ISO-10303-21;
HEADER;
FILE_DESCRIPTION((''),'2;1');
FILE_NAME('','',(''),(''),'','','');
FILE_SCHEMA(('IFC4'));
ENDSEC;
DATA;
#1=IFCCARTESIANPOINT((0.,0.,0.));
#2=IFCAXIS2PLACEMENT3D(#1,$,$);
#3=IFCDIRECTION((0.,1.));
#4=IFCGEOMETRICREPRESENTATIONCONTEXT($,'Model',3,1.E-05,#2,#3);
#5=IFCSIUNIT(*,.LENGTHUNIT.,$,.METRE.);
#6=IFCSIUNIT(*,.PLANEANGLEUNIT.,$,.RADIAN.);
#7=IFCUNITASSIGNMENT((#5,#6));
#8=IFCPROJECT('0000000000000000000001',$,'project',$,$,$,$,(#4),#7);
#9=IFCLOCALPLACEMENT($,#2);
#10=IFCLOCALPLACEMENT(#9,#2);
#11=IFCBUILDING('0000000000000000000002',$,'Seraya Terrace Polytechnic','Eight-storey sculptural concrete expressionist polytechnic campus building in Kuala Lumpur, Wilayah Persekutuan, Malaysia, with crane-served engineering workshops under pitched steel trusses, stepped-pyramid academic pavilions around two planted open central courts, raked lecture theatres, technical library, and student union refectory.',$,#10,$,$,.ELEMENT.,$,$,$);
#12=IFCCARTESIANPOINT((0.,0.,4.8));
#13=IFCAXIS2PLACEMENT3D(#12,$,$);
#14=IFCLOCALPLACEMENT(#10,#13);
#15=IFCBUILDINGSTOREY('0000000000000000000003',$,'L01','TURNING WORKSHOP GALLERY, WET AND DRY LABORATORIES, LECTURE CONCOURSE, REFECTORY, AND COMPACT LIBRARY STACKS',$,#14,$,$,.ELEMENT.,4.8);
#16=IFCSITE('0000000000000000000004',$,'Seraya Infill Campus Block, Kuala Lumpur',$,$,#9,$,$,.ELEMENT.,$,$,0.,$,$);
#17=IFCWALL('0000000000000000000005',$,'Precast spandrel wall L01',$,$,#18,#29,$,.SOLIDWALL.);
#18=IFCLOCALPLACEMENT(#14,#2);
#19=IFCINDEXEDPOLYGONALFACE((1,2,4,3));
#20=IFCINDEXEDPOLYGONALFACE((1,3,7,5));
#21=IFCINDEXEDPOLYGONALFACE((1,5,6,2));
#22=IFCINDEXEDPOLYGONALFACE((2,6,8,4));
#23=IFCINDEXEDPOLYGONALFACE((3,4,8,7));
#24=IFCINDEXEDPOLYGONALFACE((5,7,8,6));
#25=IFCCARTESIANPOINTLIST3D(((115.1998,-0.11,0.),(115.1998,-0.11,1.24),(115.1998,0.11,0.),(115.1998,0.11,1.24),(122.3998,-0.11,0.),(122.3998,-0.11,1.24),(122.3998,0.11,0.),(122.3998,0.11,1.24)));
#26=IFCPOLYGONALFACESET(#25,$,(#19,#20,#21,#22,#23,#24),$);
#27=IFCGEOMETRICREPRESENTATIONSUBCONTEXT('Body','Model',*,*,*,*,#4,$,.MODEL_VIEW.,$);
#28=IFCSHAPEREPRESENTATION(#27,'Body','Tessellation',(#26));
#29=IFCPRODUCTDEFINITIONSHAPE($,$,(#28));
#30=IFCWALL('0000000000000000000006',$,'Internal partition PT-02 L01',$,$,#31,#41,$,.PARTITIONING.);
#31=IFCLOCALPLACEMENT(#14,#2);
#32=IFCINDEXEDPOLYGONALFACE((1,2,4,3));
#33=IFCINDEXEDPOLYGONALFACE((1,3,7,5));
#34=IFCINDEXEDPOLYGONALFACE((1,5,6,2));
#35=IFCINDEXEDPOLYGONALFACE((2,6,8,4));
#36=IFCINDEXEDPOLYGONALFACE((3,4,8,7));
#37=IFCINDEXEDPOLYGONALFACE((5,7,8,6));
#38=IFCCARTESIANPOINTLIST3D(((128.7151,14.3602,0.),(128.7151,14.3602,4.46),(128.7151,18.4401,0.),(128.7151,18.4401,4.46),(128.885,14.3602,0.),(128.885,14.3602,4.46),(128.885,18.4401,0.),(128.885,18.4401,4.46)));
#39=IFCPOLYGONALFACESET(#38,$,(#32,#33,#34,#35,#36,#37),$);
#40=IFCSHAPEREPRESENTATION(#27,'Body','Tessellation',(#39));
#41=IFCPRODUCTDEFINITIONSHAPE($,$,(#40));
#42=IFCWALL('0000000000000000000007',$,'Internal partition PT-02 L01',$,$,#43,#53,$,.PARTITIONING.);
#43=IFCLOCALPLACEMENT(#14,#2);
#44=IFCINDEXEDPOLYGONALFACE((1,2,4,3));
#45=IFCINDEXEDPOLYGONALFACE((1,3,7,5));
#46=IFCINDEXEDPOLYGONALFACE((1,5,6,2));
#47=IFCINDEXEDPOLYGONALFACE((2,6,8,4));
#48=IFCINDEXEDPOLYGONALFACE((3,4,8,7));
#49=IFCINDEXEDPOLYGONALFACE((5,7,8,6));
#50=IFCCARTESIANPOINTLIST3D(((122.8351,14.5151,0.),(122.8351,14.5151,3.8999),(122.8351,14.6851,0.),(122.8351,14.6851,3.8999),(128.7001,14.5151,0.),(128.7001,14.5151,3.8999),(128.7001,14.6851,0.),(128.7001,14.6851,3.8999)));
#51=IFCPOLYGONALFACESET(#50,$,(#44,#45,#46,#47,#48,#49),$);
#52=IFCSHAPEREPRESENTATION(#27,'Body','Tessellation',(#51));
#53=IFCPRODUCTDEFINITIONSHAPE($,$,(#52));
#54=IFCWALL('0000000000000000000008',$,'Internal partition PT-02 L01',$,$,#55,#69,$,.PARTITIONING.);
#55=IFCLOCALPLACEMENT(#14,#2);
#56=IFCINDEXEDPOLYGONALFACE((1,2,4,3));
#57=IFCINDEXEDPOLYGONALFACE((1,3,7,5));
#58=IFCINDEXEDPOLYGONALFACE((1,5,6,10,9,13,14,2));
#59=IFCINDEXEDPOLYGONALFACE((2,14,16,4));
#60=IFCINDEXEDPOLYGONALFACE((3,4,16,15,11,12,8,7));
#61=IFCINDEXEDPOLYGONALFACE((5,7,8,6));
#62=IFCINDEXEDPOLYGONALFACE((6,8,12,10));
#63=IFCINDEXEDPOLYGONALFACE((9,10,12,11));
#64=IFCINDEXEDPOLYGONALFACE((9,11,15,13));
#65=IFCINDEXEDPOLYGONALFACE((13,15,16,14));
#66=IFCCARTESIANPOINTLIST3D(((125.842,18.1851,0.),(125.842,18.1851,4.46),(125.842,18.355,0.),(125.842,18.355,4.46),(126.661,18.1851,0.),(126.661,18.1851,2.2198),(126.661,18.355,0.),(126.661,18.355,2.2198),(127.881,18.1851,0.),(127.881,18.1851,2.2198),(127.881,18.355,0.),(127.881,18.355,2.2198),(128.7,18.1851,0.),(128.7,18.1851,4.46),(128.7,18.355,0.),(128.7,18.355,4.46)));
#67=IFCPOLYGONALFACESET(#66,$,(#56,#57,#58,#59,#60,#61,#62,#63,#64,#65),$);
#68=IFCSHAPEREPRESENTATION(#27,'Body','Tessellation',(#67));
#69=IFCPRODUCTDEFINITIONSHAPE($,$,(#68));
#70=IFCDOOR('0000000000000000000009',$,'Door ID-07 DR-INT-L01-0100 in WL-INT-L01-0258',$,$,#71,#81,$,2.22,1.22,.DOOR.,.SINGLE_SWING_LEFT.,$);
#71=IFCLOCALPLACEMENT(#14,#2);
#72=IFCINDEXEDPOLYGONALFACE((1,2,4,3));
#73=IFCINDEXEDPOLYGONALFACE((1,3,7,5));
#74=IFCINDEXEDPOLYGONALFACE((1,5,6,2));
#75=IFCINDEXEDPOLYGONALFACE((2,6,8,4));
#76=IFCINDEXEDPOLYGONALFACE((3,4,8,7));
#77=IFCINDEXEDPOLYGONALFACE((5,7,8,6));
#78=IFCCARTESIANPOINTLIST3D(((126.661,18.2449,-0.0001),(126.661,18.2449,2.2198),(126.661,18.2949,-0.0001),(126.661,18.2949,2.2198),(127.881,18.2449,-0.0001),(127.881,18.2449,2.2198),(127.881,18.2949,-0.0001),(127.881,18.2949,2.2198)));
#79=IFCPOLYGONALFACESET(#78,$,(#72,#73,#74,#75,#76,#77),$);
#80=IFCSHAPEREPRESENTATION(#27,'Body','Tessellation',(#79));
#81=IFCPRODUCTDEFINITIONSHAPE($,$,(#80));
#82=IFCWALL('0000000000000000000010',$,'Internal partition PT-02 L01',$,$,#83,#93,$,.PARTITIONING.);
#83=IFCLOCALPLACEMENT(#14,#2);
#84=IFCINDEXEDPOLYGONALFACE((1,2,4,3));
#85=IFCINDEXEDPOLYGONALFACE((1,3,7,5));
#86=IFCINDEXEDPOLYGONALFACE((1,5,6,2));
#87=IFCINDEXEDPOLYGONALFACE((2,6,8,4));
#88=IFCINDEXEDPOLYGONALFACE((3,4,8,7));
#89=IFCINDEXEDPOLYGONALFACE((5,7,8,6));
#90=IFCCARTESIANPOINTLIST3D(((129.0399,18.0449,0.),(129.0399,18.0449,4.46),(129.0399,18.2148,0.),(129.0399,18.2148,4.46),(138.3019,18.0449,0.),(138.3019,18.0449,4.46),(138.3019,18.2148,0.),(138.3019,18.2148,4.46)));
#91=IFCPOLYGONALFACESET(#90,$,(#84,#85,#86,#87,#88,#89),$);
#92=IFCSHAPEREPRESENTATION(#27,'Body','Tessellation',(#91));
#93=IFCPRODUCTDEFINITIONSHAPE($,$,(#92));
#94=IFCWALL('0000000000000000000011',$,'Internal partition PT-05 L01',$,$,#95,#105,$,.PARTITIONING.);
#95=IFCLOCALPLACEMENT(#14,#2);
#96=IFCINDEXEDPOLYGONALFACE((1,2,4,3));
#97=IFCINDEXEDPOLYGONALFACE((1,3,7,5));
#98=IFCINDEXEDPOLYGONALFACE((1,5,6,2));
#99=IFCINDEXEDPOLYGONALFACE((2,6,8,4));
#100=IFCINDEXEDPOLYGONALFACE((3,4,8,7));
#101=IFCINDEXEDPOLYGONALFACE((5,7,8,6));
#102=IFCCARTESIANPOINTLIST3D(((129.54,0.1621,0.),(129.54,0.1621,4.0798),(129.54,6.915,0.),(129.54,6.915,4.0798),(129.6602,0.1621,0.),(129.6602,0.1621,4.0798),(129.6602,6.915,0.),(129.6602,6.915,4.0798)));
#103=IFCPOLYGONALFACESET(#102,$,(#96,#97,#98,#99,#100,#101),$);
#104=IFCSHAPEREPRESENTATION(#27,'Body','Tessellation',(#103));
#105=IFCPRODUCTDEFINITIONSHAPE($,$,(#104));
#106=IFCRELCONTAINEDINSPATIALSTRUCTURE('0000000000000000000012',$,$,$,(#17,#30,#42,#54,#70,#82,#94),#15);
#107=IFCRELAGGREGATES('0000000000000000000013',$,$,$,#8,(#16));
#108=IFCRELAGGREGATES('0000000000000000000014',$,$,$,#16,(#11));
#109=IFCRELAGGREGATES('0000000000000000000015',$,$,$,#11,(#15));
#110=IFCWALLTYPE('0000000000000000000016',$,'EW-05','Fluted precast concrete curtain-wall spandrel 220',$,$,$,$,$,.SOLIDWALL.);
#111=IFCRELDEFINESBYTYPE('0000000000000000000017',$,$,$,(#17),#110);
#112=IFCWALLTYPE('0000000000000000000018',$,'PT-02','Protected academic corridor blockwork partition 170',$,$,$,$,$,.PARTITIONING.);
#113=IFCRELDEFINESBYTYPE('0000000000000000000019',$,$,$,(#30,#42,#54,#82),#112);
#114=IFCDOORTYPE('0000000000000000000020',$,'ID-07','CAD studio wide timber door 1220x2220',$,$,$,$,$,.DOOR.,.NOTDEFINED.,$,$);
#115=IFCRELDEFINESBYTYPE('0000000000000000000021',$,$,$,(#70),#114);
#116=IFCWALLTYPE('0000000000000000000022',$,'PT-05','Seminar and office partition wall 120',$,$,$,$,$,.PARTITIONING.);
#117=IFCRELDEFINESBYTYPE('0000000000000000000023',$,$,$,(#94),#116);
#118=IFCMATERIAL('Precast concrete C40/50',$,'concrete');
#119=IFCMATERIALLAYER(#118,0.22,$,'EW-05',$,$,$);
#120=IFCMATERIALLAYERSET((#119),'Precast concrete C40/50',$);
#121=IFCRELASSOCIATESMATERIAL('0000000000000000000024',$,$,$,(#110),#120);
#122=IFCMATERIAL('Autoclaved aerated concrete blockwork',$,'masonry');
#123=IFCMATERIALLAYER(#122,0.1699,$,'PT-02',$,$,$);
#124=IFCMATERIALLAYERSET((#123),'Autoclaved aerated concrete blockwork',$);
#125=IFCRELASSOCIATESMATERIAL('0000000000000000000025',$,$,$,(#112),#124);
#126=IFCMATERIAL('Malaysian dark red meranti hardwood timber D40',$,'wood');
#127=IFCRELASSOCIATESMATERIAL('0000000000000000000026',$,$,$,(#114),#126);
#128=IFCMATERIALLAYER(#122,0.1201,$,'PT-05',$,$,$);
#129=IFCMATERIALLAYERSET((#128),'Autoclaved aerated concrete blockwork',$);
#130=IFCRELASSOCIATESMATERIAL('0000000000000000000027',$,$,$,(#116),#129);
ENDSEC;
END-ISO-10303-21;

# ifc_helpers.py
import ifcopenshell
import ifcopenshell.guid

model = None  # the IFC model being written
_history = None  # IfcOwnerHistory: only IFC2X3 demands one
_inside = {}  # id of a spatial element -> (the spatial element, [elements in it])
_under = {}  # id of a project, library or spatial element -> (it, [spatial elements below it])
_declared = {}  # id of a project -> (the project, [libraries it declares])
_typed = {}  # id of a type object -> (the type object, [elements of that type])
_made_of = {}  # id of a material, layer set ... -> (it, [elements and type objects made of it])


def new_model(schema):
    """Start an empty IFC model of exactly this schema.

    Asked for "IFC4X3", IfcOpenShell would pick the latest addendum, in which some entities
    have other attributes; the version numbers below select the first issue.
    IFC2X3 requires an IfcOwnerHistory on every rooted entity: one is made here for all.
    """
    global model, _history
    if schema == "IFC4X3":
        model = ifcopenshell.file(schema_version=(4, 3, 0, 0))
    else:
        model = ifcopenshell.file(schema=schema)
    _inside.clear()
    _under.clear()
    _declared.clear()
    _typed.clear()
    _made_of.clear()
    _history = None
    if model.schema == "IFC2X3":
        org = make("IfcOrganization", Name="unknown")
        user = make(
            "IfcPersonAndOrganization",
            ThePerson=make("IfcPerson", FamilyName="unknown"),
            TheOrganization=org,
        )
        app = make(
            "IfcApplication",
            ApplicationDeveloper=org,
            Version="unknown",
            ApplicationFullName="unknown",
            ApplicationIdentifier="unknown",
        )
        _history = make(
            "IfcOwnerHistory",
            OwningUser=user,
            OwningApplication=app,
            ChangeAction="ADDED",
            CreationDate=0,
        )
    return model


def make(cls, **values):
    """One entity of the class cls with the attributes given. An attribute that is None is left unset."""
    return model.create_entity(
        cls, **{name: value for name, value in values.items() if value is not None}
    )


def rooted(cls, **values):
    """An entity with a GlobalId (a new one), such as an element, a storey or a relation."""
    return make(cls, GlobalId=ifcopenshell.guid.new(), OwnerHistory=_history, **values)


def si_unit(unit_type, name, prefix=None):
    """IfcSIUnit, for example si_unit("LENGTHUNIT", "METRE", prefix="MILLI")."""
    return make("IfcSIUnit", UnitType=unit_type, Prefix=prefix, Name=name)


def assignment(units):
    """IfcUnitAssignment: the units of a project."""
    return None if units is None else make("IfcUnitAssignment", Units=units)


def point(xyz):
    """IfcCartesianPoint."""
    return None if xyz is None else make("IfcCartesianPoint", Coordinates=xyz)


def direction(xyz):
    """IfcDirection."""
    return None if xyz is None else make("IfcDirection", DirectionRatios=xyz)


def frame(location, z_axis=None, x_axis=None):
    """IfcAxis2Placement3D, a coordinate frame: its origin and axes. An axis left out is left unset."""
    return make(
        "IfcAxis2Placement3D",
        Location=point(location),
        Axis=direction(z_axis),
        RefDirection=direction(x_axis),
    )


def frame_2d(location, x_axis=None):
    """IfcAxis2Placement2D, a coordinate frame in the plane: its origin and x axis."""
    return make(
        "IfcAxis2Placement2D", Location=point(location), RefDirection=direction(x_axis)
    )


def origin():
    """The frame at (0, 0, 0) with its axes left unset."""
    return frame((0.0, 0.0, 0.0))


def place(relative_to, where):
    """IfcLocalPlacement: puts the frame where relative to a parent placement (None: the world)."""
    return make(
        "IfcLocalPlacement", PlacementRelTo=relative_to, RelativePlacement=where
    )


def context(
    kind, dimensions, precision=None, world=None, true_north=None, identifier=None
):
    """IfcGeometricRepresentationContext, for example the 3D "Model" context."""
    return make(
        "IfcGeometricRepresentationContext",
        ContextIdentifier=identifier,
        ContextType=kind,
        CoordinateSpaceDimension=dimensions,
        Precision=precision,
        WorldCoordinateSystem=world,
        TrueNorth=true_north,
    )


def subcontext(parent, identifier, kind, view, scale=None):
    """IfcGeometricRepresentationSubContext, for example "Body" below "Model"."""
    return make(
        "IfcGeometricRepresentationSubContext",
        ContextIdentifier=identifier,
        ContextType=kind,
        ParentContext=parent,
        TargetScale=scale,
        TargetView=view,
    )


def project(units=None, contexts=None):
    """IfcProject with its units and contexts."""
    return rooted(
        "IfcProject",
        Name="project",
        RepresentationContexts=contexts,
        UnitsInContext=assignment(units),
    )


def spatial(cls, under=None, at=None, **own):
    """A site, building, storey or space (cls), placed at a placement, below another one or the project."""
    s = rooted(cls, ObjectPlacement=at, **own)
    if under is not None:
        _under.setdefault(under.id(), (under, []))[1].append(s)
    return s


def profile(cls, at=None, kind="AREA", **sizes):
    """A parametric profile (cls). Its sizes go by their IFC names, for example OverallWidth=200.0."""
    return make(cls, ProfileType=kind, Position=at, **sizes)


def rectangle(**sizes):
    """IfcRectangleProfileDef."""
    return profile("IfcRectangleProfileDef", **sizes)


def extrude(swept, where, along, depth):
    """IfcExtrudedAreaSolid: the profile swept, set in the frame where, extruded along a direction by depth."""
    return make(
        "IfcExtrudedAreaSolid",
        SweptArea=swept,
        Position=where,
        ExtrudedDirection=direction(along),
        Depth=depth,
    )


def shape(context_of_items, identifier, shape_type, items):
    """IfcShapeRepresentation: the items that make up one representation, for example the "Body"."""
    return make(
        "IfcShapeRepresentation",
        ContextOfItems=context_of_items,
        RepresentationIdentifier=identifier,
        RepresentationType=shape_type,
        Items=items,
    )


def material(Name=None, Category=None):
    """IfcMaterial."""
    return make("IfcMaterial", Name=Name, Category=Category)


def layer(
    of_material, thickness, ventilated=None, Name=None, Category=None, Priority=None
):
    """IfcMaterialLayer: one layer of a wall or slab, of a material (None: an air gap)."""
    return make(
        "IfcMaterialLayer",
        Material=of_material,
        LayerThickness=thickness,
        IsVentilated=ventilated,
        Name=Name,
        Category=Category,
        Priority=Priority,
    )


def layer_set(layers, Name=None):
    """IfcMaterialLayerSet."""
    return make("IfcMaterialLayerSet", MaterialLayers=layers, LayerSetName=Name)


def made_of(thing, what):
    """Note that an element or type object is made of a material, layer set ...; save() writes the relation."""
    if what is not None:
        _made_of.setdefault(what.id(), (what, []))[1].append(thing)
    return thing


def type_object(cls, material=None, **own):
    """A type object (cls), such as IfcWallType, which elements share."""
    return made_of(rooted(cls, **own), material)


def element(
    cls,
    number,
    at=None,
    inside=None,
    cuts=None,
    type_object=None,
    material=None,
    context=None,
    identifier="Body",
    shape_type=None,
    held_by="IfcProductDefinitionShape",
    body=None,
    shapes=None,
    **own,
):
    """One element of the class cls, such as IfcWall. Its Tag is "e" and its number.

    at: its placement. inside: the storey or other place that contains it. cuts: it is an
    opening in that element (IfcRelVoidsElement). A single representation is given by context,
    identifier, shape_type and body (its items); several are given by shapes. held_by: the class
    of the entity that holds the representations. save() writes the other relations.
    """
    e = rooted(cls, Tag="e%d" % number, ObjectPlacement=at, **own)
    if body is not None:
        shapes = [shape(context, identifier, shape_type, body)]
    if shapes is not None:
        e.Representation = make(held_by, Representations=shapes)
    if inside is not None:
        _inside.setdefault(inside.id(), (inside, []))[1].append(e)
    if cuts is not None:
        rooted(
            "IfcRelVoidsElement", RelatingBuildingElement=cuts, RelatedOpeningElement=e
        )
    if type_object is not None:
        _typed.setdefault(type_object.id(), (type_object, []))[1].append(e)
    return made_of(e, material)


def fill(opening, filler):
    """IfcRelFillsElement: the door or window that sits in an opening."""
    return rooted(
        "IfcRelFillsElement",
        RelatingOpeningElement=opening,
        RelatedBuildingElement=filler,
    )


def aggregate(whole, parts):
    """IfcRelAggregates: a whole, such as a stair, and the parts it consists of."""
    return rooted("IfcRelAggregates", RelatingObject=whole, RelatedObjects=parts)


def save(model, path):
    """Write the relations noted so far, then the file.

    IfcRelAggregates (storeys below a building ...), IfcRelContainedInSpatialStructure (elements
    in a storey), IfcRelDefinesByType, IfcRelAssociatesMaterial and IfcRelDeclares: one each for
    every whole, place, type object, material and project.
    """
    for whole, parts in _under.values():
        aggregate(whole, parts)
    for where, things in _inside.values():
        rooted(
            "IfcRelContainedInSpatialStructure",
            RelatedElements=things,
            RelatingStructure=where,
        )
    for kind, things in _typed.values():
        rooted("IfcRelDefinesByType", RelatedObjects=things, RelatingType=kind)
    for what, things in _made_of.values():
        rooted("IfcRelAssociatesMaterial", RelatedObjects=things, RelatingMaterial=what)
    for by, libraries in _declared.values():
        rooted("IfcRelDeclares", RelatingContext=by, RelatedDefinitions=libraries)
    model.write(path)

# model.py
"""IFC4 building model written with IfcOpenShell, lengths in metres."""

from ifc_helpers import new_model, si_unit, direction, frame, frame_2d, origin, place, context, subcontext, project, spatial, rectangle, extrude, material, layer, layer_set, type_object, element, fill, save


model = new_model("IFC4")

# Units and contexts
model_context = context("Model", 3, precision=1e-05, world=origin(), true_north=direction((0.0, 1.0)))
body_context = subcontext(model_context, "Body", "Model", "MODEL_VIEW")
ifc_project = project(units=[si_unit("LENGTHUNIT", "METRE"), si_unit("PLANEANGLEUNIT", "RADIAN")], contexts=[model_context])

# Site, building, storey
site_placement = place(None, origin())
site = spatial("IfcSite", under=ifc_project, at=site_placement, Name="Seraya Infill Campus Block, Kuala Lumpur", CompositionType="ELEMENT", RefElevation=0.0)
building_placement = place(site_placement, origin())
building = spatial("IfcBuilding", under=site, at=building_placement, Name="Seraya Terrace Polytechnic", Description="Eight-storey sculptural concrete expressionist polytechnic campus building in Kuala Lumpur, Wilayah Persekutuan, Malaysia, with crane-served engineering workshops under pitched steel trusses, stepped-pyramid academic pavilions around two planted open central courts, raked lecture theatres, technical library, and student union refectory.", CompositionType="ELEMENT")
storey_placement = place(building_placement, frame((0.0, 0.0, 4.8)))
storey = spatial("IfcBuildingStorey", under=building, at=storey_placement, Name="L01", Description="TURNING WORKSHOP GALLERY, WET AND DRY LABORATORIES, LECTURE CONCOURSE, REFECTORY, AND COMPACT LIBRARY STACKS", CompositionType="ELEMENT", Elevation=4.8)

# Walls
ifc_material_1 = material(Name="Precast concrete C40/50", Category="concrete")
ifc_layer_1 = layer(ifc_material_1, 0.22, Name="EW-05")
ifc_layer_set_1 = layer_set([ifc_layer_1], Name="Precast concrete C40/50")
wall_type_1 = type_object("IfcWallType", Name="EW-05", Description="Fluted precast concrete curtain-wall spandrel 220", PredefinedType="SOLIDWALL", material=ifc_layer_set_1)
wall_1_placement = place(storey_placement, frame((122.3999, 0.0, 0.0), z_axis=(0.0, 0.0, 1.0), x_axis=(-1.0, 0.0, 0.0)))
element("IfcWall", 1, at=wall_1_placement, inside=storey, type_object=wall_type_1, Name="Precast spandrel wall L01", PredefinedType="SOLIDWALL", context=body_context, shape_type="SweptSolid", body=[
    extrude(rectangle(XDim=7.2, YDim=0.22, at=frame_2d((3.6001, 0.0))), origin(), (0.0, 0.0, 1.0), 1.24),
])
ifc_material_2 = material(Name="Autoclaved aerated concrete blockwork", Category="masonry")
ifc_layer_2 = layer(ifc_material_2, 0.1699, Name="PT-02")
ifc_layer_set_2 = layer_set([ifc_layer_2], Name="Autoclaved aerated concrete blockwork")
wall_type_2 = type_object("IfcWallType", Name="PT-02", Description="Protected academic corridor blockwork partition 170", PredefinedType="PARTITIONING", material=ifc_layer_set_2)
wall_2_placement = place(storey_placement, frame((128.8, 14.3601, 0.0), z_axis=(0.0, 0.0, 1.0), x_axis=(0.0, 1.0, 0.0)))
element("IfcWall", 2, at=wall_2_placement, inside=storey, type_object=wall_type_2, Name="Internal partition PT-02 L01", PredefinedType="PARTITIONING", context=body_context, shape_type="SweptSolid", body=[
    extrude(rectangle(XDim=4.0798, YDim=0.1699, at=frame_2d((2.04, 0.0))), origin(), (0.0, 0.0, 1.0), 4.46),
])
wall_3_placement = place(storey_placement, frame((122.835, 14.6001, 0.0), z_axis=(0.0, 0.0, 1.0), x_axis=(1.0, 0.0, 0.0)))
element("IfcWall", 3, at=wall_3_placement, inside=storey, type_object=wall_type_2, Name="Internal partition PT-02 L01", PredefinedType="PARTITIONING", context=body_context, shape_type="SweptSolid", body=[
    extrude(rectangle(XDim=5.865, YDim=0.1699, at=frame_2d((2.9326, 0.0))), origin(), (0.0, 0.0, 1.0), 3.8999),
])

# Wall, opening, door
wall_4_placement = place(storey_placement, frame((125.842, 18.27, 0.0), z_axis=(0.0, 0.0, 1.0), x_axis=(1.0, 0.0, 0.0)))
wall_4 = element("IfcWall", 4, at=wall_4_placement, inside=storey, type_object=wall_type_2, Name="Internal partition PT-02 L01", PredefinedType="PARTITIONING", context=body_context, shape_type="SweptSolid", body=[
    extrude(rectangle(XDim=2.8579, YDim=0.1699, at=frame_2d((1.429, 0.0))), origin(), (0.0, 0.0, 1.0), 4.46),
])
opening_1_placement = place(wall_4_placement, frame((0.8191, 0.0, 0.0)))
opening_1 = element("IfcOpeningElement", 5, at=opening_1_placement, cuts=wall_4, PredefinedType="OPENING", context=body_context, shape_type="SweptSolid", body=[
    extrude(rectangle(XDim=1.22, YDim=2.22, at=frame_2d((0.6099, 1.1099))), frame((0.0, 0.0969, 0.0), z_axis=(0.0, -1.0, 0.0), x_axis=(1.0, 0.0, 0.0)), (0.0, 0.0, 1.0), 0.1938),
])
ifc_material_3 = material(Name="Malaysian dark red meranti hardwood timber D40", Category="wood")
door_type = type_object("IfcDoorType", Name="ID-07", Description="CAD studio wide timber door 1220x2220", OperationType="NOTDEFINED", PredefinedType="DOOR", material=ifc_material_3)
door_placement = place(opening_1_placement, origin())
door = element("IfcDoor", 6, at=door_placement, inside=storey, type_object=door_type, Name="Door ID-07 DR-INT-L01-0100 in WL-INT-L01-0258", OperationType="SINGLE_SWING_LEFT", OverallHeight=2.22, OverallWidth=1.22, PredefinedType="DOOR", context=body_context, shape_type="SweptSolid", body=[
    extrude(rectangle(XDim=1.22, YDim=2.22, at=frame_2d((0.6099, 1.1099))), frame((0.0, 0.0249, 0.0), z_axis=(0.0, -1.0, 0.0), x_axis=(1.0, 0.0, 0.0)), (0.0, 0.0, 1.0), 0.05),
])
fill(opening_1, door)

# Walls
wall_5_placement = place(storey_placement, frame((129.04, 18.1299, 0.0), z_axis=(0.0, 0.0, 1.0), x_axis=(1.0, 0.0, 0.0)))
element("IfcWall", 7, at=wall_5_placement, inside=storey, type_object=wall_type_2, Name="Internal partition PT-02 L01", PredefinedType="PARTITIONING", context=body_context, shape_type="SweptSolid", body=[
    extrude(rectangle(XDim=9.262, YDim=0.1699, at=frame_2d((4.6309, 0.0))), origin(), (0.0, 0.0, 1.0), 4.46),
])
ifc_layer_3 = layer(ifc_material_2, 0.1201, Name="PT-05")
ifc_layer_set_3 = layer_set([ifc_layer_3], Name="Autoclaved aerated concrete blockwork")
wall_type_3 = type_object("IfcWallType", Name="PT-05", Description="Seminar and office partition wall 120", PredefinedType="PARTITIONING", material=ifc_layer_set_3)
wall_6_placement = place(storey_placement, frame((129.6001, 0.1621, 0.0), z_axis=(0.0, 0.0, 1.0), x_axis=(0.0, 1.0, 0.0)))
element("IfcWall", 8, at=wall_6_placement, inside=storey, type_object=wall_type_3, Name="Internal partition PT-05 L01", PredefinedType="PARTITIONING", context=body_context, shape_type="SweptSolid", body=[
    extrude(rectangle(XDim=6.7529, YDim=0.1201, at=frame_2d((3.3765, 0.0))), origin(), (0.0, 0.0, 1.0), 4.0798),
])

save(model, "model.ifc")
